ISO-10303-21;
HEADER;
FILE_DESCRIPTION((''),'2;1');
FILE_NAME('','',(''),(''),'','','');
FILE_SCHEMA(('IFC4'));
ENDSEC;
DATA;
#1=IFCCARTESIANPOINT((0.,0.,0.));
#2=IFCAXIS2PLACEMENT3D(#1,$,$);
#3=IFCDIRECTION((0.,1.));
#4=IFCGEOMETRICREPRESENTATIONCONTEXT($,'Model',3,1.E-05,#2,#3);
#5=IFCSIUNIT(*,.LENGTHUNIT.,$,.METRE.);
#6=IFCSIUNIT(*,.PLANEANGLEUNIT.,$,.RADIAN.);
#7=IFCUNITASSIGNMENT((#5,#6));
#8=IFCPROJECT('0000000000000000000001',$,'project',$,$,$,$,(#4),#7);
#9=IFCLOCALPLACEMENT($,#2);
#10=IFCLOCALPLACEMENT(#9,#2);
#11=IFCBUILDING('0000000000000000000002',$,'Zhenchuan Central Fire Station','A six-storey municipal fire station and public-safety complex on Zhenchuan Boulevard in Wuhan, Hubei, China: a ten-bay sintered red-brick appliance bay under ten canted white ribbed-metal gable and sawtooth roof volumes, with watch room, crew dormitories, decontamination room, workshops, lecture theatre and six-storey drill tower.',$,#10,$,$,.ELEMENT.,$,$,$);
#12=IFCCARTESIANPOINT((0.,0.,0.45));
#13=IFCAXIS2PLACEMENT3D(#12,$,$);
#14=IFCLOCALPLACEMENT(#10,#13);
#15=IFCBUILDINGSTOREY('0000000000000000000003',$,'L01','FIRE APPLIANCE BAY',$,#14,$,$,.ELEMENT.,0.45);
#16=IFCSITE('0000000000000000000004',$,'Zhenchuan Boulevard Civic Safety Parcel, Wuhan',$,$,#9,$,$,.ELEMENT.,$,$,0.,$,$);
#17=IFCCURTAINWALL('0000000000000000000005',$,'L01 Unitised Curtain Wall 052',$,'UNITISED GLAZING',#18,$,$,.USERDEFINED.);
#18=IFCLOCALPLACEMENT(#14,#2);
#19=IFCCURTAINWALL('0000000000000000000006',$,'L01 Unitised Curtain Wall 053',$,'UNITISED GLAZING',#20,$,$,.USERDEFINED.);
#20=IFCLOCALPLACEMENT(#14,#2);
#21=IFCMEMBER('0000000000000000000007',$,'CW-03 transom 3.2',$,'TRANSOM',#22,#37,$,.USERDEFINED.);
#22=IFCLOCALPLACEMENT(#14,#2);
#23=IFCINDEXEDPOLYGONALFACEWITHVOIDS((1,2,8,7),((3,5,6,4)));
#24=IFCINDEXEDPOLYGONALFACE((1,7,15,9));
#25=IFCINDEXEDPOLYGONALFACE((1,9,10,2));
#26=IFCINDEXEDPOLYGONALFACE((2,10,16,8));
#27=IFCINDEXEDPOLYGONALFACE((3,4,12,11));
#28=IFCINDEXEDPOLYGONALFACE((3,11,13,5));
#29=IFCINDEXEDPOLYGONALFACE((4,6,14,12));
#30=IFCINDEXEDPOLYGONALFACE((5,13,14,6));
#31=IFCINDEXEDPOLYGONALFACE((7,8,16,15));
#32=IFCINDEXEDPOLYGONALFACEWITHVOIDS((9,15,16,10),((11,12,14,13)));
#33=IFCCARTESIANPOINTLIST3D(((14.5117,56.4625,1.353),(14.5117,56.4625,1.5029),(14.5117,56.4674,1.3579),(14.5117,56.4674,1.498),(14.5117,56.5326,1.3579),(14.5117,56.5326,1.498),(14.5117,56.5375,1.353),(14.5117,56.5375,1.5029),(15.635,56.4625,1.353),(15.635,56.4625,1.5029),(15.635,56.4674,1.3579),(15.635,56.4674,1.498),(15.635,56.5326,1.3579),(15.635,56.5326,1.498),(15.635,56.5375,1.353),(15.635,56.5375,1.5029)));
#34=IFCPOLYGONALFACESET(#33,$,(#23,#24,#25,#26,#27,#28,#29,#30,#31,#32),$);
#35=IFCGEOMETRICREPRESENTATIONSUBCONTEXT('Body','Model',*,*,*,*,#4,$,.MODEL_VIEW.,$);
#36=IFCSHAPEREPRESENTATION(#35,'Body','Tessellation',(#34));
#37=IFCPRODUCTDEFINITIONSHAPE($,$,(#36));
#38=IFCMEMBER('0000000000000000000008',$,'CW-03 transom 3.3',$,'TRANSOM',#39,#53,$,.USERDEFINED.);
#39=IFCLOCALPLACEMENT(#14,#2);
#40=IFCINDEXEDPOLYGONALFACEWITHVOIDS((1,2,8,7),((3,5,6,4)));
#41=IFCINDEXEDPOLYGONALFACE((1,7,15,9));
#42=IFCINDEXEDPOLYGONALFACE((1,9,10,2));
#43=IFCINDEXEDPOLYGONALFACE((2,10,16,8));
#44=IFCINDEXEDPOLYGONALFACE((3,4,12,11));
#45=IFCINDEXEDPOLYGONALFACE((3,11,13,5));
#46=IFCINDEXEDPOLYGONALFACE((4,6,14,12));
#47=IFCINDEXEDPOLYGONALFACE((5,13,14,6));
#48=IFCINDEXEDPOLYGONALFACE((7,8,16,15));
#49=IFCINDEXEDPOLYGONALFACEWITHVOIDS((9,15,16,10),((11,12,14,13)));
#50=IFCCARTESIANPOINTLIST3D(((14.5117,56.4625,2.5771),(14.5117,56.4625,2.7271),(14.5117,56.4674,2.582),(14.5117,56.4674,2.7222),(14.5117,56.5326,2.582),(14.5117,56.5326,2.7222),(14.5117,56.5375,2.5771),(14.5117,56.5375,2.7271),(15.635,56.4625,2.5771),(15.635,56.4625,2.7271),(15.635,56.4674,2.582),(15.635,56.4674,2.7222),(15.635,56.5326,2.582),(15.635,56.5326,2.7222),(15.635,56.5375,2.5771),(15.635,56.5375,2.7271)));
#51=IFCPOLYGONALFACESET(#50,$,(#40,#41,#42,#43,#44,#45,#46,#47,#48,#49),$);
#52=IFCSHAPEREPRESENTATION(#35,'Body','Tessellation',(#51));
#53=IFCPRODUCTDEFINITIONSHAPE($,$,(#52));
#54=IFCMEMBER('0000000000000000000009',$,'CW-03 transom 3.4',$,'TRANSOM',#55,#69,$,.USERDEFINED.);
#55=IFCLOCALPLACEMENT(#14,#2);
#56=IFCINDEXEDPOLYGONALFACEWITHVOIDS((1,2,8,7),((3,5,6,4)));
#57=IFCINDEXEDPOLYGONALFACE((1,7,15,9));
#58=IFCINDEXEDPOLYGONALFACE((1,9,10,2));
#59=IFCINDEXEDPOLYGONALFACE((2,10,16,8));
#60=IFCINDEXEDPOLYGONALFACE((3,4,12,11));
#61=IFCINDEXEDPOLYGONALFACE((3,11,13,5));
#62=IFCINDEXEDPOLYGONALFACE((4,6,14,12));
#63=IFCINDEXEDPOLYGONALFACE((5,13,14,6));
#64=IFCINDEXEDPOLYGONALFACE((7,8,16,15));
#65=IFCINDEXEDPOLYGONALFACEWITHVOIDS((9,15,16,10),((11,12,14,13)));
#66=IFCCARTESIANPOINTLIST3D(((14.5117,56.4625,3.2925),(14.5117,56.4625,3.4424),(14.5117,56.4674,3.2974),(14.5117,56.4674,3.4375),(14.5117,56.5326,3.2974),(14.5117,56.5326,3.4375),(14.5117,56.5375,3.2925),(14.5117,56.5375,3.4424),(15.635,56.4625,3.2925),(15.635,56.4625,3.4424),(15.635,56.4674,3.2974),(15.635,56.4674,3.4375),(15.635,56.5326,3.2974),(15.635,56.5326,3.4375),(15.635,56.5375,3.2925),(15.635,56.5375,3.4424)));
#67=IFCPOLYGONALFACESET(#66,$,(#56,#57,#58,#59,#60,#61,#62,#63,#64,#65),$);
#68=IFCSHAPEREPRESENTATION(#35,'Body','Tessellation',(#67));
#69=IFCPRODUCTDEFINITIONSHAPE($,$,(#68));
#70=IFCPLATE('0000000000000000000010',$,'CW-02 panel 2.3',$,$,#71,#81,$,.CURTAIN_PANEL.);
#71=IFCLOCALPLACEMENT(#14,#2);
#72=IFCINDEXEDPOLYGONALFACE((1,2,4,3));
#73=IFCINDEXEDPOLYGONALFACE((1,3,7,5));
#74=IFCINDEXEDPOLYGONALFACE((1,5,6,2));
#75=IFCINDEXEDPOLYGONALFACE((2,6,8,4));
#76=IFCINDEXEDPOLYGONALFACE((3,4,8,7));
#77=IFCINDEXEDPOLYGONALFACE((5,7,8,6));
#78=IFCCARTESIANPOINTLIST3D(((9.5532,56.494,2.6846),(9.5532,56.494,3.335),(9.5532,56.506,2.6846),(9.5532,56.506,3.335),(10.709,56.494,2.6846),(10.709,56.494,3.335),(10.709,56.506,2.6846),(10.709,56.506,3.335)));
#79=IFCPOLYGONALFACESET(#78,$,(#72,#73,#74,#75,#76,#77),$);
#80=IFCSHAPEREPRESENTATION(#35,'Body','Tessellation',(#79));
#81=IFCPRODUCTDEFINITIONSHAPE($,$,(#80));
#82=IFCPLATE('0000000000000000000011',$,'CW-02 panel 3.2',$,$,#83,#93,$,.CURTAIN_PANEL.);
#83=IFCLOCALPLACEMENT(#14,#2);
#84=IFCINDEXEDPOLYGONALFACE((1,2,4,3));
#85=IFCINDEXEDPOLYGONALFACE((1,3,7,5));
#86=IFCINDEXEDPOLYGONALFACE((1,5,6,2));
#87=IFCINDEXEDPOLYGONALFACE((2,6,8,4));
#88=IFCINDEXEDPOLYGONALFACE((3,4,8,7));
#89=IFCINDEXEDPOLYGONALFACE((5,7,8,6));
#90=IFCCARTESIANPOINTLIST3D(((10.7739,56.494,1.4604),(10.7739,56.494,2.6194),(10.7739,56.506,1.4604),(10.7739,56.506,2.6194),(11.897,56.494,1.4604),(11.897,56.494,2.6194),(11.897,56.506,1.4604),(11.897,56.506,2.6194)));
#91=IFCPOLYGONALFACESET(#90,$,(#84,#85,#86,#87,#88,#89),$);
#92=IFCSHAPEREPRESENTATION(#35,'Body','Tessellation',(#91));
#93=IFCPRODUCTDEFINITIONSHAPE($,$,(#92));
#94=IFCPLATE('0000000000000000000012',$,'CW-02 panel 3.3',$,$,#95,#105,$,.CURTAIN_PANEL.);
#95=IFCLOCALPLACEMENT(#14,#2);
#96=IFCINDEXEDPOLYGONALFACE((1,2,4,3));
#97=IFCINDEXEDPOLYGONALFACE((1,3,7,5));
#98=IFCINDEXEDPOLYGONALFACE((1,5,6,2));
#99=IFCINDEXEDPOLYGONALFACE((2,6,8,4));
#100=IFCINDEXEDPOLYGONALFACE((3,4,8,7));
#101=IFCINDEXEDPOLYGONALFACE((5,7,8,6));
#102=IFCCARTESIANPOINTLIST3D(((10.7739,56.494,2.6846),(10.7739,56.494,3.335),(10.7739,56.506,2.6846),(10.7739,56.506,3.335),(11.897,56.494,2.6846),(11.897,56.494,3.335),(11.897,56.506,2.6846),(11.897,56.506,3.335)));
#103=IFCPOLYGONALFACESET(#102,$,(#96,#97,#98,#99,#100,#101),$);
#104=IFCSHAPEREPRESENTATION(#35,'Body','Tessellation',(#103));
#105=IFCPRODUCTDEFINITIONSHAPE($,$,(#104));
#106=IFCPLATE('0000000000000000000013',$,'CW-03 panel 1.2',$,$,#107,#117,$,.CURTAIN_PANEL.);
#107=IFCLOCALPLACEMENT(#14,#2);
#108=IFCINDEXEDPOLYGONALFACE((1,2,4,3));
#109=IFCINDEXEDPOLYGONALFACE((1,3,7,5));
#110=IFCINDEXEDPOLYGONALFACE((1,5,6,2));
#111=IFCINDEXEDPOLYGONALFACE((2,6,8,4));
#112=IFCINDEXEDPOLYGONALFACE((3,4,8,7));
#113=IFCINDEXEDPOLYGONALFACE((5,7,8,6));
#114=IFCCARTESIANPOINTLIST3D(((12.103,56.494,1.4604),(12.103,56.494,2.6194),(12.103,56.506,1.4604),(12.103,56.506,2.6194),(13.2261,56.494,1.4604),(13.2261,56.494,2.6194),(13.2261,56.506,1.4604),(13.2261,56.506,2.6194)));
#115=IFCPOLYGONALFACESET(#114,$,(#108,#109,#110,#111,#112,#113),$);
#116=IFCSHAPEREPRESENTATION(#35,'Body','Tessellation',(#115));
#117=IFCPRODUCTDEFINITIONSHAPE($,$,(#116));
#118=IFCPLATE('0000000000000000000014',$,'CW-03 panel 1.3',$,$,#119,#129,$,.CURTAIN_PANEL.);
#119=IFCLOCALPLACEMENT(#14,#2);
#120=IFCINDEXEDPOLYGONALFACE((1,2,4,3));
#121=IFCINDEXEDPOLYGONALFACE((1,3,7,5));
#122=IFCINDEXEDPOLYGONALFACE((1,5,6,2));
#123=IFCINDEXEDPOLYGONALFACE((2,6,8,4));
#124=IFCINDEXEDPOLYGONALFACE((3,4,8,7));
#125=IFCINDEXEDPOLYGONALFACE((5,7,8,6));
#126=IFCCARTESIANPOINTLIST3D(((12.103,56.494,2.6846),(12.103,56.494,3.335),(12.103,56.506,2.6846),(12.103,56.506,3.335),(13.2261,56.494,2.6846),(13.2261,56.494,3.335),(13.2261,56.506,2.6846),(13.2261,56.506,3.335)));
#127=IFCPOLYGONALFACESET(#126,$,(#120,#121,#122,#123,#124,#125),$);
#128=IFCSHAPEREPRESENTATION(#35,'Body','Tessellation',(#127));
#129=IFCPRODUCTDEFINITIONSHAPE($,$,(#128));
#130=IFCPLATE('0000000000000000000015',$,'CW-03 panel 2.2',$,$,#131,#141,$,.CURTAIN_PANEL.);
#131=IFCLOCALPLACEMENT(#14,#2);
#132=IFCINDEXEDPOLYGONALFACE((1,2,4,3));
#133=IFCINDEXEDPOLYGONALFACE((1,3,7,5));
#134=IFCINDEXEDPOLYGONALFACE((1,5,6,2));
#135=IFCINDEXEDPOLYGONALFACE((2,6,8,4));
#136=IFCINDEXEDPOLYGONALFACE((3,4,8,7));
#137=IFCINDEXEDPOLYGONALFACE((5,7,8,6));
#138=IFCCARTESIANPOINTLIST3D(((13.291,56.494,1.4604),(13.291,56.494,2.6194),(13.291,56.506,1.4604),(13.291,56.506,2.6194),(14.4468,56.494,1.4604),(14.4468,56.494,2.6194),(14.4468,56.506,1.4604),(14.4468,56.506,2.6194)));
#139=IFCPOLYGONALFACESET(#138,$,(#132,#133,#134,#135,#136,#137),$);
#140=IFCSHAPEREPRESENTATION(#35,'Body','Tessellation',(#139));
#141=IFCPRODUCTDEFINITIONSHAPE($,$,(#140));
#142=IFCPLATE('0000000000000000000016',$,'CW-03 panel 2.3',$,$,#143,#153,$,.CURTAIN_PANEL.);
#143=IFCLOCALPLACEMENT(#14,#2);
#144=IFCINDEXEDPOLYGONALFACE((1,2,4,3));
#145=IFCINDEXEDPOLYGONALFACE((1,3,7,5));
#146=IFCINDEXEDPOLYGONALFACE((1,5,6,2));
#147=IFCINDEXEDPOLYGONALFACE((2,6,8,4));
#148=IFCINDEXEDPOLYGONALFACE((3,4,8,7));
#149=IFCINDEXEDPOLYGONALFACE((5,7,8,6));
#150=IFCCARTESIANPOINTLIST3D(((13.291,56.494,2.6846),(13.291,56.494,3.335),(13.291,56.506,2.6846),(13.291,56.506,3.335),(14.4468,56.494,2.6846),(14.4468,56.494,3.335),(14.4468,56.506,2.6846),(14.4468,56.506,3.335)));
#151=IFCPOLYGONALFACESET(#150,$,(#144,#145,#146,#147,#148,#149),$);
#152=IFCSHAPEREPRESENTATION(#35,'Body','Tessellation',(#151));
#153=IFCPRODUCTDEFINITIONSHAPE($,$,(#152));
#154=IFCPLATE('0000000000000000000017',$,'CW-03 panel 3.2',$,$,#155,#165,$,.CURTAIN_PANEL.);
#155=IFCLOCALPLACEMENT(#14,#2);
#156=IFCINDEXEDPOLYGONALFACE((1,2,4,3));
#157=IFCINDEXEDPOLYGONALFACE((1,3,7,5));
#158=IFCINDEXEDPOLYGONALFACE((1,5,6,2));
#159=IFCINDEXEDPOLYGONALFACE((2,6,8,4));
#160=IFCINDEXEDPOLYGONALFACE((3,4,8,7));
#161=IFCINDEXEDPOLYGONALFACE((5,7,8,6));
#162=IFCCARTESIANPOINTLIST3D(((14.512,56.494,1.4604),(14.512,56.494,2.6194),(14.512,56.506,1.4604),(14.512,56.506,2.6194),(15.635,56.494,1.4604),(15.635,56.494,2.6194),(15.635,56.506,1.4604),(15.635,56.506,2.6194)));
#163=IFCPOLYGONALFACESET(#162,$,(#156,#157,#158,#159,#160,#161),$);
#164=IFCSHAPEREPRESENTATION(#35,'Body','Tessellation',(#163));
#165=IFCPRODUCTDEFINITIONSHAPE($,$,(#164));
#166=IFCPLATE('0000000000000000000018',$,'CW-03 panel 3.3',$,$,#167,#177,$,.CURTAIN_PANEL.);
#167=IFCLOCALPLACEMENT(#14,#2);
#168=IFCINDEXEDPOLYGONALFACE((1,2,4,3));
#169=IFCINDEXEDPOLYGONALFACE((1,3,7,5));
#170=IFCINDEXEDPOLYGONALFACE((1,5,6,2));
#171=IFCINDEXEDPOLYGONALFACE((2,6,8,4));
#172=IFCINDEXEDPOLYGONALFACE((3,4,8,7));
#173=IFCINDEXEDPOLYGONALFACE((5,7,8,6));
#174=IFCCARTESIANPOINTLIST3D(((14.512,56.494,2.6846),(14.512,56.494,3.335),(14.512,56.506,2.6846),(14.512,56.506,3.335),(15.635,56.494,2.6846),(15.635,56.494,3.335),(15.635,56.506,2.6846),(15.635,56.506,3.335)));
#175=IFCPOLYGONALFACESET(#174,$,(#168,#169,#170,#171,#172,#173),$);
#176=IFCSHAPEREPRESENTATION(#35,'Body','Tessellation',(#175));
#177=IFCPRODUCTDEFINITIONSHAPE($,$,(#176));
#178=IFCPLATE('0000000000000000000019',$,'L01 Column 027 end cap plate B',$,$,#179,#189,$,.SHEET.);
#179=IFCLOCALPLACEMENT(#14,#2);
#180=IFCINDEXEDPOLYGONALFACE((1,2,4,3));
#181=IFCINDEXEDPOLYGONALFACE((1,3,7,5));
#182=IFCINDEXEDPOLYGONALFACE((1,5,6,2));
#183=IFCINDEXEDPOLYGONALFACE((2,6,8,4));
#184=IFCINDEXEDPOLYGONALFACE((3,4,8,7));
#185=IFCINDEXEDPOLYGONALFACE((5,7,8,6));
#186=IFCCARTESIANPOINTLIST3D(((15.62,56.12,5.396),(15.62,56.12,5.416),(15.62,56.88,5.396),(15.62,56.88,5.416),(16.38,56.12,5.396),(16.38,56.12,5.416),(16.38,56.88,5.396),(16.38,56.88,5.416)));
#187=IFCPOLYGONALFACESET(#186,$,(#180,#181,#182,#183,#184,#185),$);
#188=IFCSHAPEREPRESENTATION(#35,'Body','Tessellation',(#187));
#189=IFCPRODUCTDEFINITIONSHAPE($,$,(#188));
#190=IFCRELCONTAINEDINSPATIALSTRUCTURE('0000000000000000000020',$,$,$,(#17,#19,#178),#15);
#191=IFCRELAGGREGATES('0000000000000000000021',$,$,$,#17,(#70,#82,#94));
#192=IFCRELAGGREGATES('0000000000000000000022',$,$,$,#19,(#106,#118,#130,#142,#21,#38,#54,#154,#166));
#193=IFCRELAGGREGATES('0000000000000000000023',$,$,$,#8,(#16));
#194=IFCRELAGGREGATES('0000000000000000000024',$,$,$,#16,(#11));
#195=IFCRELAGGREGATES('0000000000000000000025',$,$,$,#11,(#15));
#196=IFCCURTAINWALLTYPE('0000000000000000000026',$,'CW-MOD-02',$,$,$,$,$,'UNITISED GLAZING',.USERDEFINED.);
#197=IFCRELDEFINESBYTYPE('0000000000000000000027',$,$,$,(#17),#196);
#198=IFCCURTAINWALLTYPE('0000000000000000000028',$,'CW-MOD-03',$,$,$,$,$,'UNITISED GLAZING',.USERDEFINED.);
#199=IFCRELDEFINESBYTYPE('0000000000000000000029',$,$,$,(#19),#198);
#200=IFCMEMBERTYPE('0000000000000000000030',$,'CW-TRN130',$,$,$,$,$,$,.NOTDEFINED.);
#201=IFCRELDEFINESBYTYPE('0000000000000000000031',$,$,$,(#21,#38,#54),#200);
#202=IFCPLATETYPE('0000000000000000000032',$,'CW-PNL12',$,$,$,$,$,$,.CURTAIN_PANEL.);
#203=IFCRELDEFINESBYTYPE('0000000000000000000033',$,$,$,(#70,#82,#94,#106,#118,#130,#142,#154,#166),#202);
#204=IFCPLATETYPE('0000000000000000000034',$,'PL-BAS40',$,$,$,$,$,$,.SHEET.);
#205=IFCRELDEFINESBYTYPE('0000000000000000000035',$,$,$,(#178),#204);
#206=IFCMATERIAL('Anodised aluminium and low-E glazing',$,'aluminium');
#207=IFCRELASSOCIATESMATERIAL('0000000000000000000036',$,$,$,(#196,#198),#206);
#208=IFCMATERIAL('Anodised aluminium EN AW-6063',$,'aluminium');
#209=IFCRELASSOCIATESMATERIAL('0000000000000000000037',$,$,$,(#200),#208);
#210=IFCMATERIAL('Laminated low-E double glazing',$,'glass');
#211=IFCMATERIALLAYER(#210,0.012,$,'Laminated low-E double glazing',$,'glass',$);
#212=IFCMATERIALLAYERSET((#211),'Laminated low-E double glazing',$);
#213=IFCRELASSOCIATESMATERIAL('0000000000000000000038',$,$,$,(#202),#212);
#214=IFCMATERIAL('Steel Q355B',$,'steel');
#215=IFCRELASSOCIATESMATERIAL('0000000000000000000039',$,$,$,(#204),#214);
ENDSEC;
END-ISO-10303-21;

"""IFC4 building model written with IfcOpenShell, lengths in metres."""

from ifc_helpers import new_model, si_unit, direction, frame, origin, origin_2d, place, context, subcontext, project, spatial, rectangle, hollow_rectangle, extrude, material, layer, layer_set, material_profile, profile_set, type_object, element, aggregate, save


model = new_model("IFC4")

# Units and contexts
model_context = context("Model", 3, precision=1e-05, world=origin(), true_north=direction((0.0, 1.0)))
body_context = subcontext(model_context, "Body", "Model", "MODEL_VIEW")
ifc_project = project(units=[si_unit("LENGTHUNIT", "METRE"), si_unit("PLANEANGLEUNIT", "RADIAN")], contexts=[model_context])

# Site, building, storey
site_placement = place(None, origin())
site = spatial("IfcSite", under=ifc_project, at=site_placement, Name="Zhenchuan Boulevard Civic Safety Parcel, Wuhan", CompositionType="ELEMENT", RefElevation=0.0)
building_placement = place(site_placement, origin())
building = spatial("IfcBuilding", under=site, at=building_placement, Name="Zhenchuan Central Fire Station", Description="A six-storey municipal fire station and public-safety complex on Zhenchuan Boulevard in Wuhan, Hubei, China: a ten-bay sintered red-brick appliance bay under ten canted white ribbed-metal gable and sawtooth roof volumes, with watch room, crew dormitories, decontamination room, workshops, lecture theatre and six-storey drill tower.", CompositionType="ELEMENT")
storey_placement = place(building_placement, frame((0.0, 0.0, 0.45)))
storey = spatial("IfcBuildingStorey", under=building, at=storey_placement, Name="L01", Description="FIRE APPLIANCE BAY", CompositionType="ELEMENT", Elevation=0.45)

# Shared definitions
ifc_material_1 = material(Name="Steel Q355B", Category="steel")

# Curtain walls, members
ifc_material_2 = material(Name="Anodised aluminium and low-E glazing", Category="aluminium")
curtain_wall_type_1 = type_object("IfcCurtainWallType", Name="CW-MOD-02", ElementType="UNITISED GLAZING", PredefinedType="USERDEFINED", material=ifc_material_2)
curtain_wall_1_placement = place(storey_placement, origin())
curtain_wall_1 = element("IfcCurtainWall", 1, at=curtain_wall_1_placement, inside=storey, type_object=curtain_wall_type_1, Name="L01 Unitised Curtain Wall 052", ObjectType="UNITISED GLAZING", PredefinedType="USERDEFINED")
ifc_material_3 = material(Name="Anodised aluminium EN AW-6063", Category="aluminium")
ifc_material_profile_1 = material_profile(ifc_material_3, hollow_rectangle(XDim=0.075, YDim=0.1499, WallThickness=0.0049, at=origin_2d()), Name="ALU-T 150x75")
ifc_profile_set_1 = profile_set([ifc_material_profile_1], Name="Anodised aluminium EN AW-6063")
member_type = type_object("IfcMemberType", Name="CW-TRN130", PredefinedType="NOTDEFINED", material=ifc_profile_set_1)
curtain_wall_type_2 = type_object("IfcCurtainWallType", Name="CW-MOD-03", ElementType="UNITISED GLAZING", PredefinedType="USERDEFINED", material=ifc_material_2)
curtain_wall_2_placement = place(storey_placement, origin())
curtain_wall_2 = element("IfcCurtainWall", 2, at=curtain_wall_2_placement, inside=storey, type_object=curtain_wall_type_2, Name="L01 Unitised Curtain Wall 053", ObjectType="UNITISED GLAZING", PredefinedType="USERDEFINED")
member_1_placement = place(storey_placement, frame((14.5117, 56.5, 1.428), z_axis=(1.0, 0.0, 0.0), x_axis=(0.0, 1.0, 0.0)))
member_1 = element("IfcMember", 3, at=member_1_placement, type_object=member_type, Name="CW-03 transom 3.2", ObjectType="TRANSOM", PredefinedType="USERDEFINED", context=body_context, shape_type="SweptSolid", body=[
    extrude(hollow_rectangle(XDim=0.075, YDim=0.1499, WallThickness=0.0049, at=origin_2d()), origin(), (0.0, 0.0, 1.0), 1.1233),
])
member_2_placement = place(storey_placement, frame((14.5117, 56.5, 2.6521), z_axis=(1.0, 0.0, 0.0), x_axis=(0.0, 1.0, 0.0)))
member_2 = element("IfcMember", 4, at=member_2_placement, type_object=member_type, Name="CW-03 transom 3.3", ObjectType="TRANSOM", PredefinedType="USERDEFINED", context=body_context, shape_type="SweptSolid", body=[
    extrude(hollow_rectangle(XDim=0.075, YDim=0.1499, WallThickness=0.0049, at=origin_2d()), origin(), (0.0, 0.0, 1.0), 1.1233),
])
member_3_placement = place(storey_placement, frame((14.5117, 56.5, 3.3674), z_axis=(1.0, 0.0, 0.0), x_axis=(0.0, 1.0, 0.0)))
member_3 = element("IfcMember", 5, at=member_3_placement, type_object=member_type, Name="CW-03 transom 3.4", ObjectType="TRANSOM", PredefinedType="USERDEFINED", context=body_context, shape_type="SweptSolid", body=[
    extrude(hollow_rectangle(XDim=0.075, YDim=0.1499, WallThickness=0.0049, at=origin_2d()), origin(), (0.0, 0.0, 1.0), 1.1233),
])

# Plates
ifc_material_4 = material(Name="Laminated low-E double glazing", Category="glass")
ifc_layer = layer(ifc_material_4, 0.012, Name="Laminated low-E double glazing", Category="glass")
ifc_layer_set = layer_set([ifc_layer], Name="Laminated low-E double glazing")
plate_type_1 = type_object("IfcPlateType", Name="CW-PNL12", PredefinedType="CURTAIN_PANEL", material=ifc_layer_set)
plate_1_placement = place(storey_placement, frame((10.1311, 56.5, 2.6846), z_axis=(0.0, 0.0, 1.0), x_axis=(1.0, 0.0, 0.0)))
plate_1 = element("IfcPlate", 6, at=plate_1_placement, type_object=plate_type_1, Name="CW-02 panel 2.3", PredefinedType="CURTAIN_PANEL", context=body_context, shape_type="SweptSolid", body=[
    extrude(rectangle(XDim=1.1558, YDim=0.012, at=origin_2d()), origin(), (0.0, 0.0, 1.0), 0.6504),
])
plate_2_placement = place(storey_placement, frame((11.3354, 56.5, 1.4604), z_axis=(0.0, 0.0, 1.0), x_axis=(1.0, 0.0, 0.0)))
plate_2 = element("IfcPlate", 7, at=plate_2_placement, type_object=plate_type_1, Name="CW-02 panel 3.2", PredefinedType="CURTAIN_PANEL", context=body_context, shape_type="SweptSolid", body=[
    extrude(rectangle(XDim=1.123, YDim=0.012, at=origin_2d()), origin(), (0.0, 0.0, 1.0), 1.1589),
])
plate_3_placement = place(storey_placement, frame((11.3354, 56.5, 2.6846), z_axis=(0.0, 0.0, 1.0), x_axis=(1.0, 0.0, 0.0)))
plate_3 = element("IfcPlate", 8, at=plate_3_placement, type_object=plate_type_1, Name="CW-02 panel 3.3", PredefinedType="CURTAIN_PANEL", context=body_context, shape_type="SweptSolid", body=[
    extrude(rectangle(XDim=1.123, YDim=0.012, at=origin_2d()), origin(), (0.0, 0.0, 1.0), 0.6504),
])
aggregate(curtain_wall_1, [plate_1, plate_2, plate_3])
plate_4_placement = place(storey_placement, frame((12.6646, 56.5, 1.4604), z_axis=(0.0, 0.0, 1.0), x_axis=(1.0, 0.0, 0.0)))
plate_4 = element("IfcPlate", 9, at=plate_4_placement, type_object=plate_type_1, Name="CW-03 panel 1.2", PredefinedType="CURTAIN_PANEL", context=body_context, shape_type="SweptSolid", body=[
    extrude(rectangle(XDim=1.123, YDim=0.012, at=origin_2d()), origin(), (0.0, 0.0, 1.0), 1.1589),
])
plate_5_placement = place(storey_placement, frame((12.6646, 56.5, 2.6846), z_axis=(0.0, 0.0, 1.0), x_axis=(1.0, 0.0, 0.0)))
plate_5 = element("IfcPlate", 10, at=plate_5_placement, type_object=plate_type_1, Name="CW-03 panel 1.3", PredefinedType="CURTAIN_PANEL", context=body_context, shape_type="SweptSolid", body=[
    extrude(rectangle(XDim=1.123, YDim=0.012, at=origin_2d()), origin(), (0.0, 0.0, 1.0), 0.6504),
])
plate_6_placement = place(storey_placement, frame((13.8689, 56.5, 1.4604), z_axis=(0.0, 0.0, 1.0), x_axis=(1.0, 0.0, 0.0)))
plate_6 = element("IfcPlate", 11, at=plate_6_placement, type_object=plate_type_1, Name="CW-03 panel 2.2", PredefinedType="CURTAIN_PANEL", context=body_context, shape_type="SweptSolid", body=[
    extrude(rectangle(XDim=1.1558, YDim=0.012, at=origin_2d()), origin(), (0.0, 0.0, 1.0), 1.1589),
])
plate_7_placement = place(storey_placement, frame((13.8689, 56.5, 2.6846), z_axis=(0.0, 0.0, 1.0), x_axis=(1.0, 0.0, 0.0)))
plate_7 = element("IfcPlate", 12, at=plate_7_placement, type_object=plate_type_1, Name="CW-03 panel 2.3", PredefinedType="CURTAIN_PANEL", context=body_context, shape_type="SweptSolid", body=[
    extrude(rectangle(XDim=1.1558, YDim=0.012, at=origin_2d()), origin(), (0.0, 0.0, 1.0), 0.6504),
])
plate_8_placement = place(storey_placement, frame((15.0735, 56.5, 1.4604), z_axis=(0.0, 0.0, 1.0), x_axis=(1.0, 0.0, 0.0)))
plate_8 = element("IfcPlate", 13, at=plate_8_placement, type_object=plate_type_1, Name="CW-03 panel 3.2", PredefinedType="CURTAIN_PANEL", context=body_context, shape_type="SweptSolid", body=[
    extrude(rectangle(XDim=1.123, YDim=0.012, at=origin_2d()), origin(), (0.0, 0.0, 1.0), 1.1589),
])
plate_9_placement = place(storey_placement, frame((15.0735, 56.5, 2.6846), z_axis=(0.0, 0.0, 1.0), x_axis=(1.0, 0.0, 0.0)))
plate_9 = element("IfcPlate", 14, at=plate_9_placement, type_object=plate_type_1, Name="CW-03 panel 3.3", PredefinedType="CURTAIN_PANEL", context=body_context, shape_type="SweptSolid", body=[
    extrude(rectangle(XDim=1.123, YDim=0.012, at=origin_2d()), origin(), (0.0, 0.0, 1.0), 0.6504),
])
aggregate(curtain_wall_2, [plate_4, plate_5, plate_6, plate_7, member_1, member_2, member_3, plate_8, plate_9])
ifc_material_profile_2 = material_profile(ifc_material_1, rectangle(XDim=0.76, YDim=0.76, at=origin_2d()), Name="PL 760x760x40")
ifc_profile_set_2 = profile_set([ifc_material_profile_2], Name="Steel Q355B")
plate_type_2 = type_object("IfcPlateType", Name="PL-BAS40", PredefinedType="SHEET", material=ifc_profile_set_2)
plate_10_placement = place(storey_placement, frame((16.0, 56.5, 5.396), z_axis=(0.0, 0.0, 1.0), x_axis=(1.0, 0.0, 0.0)))
element("IfcPlate", 15, at=plate_10_placement, inside=storey, type_object=plate_type_2, Name="L01 Column 027 end cap plate B", PredefinedType="SHEET", context=body_context, shape_type="SweptSolid", body=[
    extrude(rectangle(XDim=0.76, YDim=0.76, at=origin_2d()), origin(), (0.0, 0.0, 1.0), 0.02),
])

save(model, "model.ifc")
